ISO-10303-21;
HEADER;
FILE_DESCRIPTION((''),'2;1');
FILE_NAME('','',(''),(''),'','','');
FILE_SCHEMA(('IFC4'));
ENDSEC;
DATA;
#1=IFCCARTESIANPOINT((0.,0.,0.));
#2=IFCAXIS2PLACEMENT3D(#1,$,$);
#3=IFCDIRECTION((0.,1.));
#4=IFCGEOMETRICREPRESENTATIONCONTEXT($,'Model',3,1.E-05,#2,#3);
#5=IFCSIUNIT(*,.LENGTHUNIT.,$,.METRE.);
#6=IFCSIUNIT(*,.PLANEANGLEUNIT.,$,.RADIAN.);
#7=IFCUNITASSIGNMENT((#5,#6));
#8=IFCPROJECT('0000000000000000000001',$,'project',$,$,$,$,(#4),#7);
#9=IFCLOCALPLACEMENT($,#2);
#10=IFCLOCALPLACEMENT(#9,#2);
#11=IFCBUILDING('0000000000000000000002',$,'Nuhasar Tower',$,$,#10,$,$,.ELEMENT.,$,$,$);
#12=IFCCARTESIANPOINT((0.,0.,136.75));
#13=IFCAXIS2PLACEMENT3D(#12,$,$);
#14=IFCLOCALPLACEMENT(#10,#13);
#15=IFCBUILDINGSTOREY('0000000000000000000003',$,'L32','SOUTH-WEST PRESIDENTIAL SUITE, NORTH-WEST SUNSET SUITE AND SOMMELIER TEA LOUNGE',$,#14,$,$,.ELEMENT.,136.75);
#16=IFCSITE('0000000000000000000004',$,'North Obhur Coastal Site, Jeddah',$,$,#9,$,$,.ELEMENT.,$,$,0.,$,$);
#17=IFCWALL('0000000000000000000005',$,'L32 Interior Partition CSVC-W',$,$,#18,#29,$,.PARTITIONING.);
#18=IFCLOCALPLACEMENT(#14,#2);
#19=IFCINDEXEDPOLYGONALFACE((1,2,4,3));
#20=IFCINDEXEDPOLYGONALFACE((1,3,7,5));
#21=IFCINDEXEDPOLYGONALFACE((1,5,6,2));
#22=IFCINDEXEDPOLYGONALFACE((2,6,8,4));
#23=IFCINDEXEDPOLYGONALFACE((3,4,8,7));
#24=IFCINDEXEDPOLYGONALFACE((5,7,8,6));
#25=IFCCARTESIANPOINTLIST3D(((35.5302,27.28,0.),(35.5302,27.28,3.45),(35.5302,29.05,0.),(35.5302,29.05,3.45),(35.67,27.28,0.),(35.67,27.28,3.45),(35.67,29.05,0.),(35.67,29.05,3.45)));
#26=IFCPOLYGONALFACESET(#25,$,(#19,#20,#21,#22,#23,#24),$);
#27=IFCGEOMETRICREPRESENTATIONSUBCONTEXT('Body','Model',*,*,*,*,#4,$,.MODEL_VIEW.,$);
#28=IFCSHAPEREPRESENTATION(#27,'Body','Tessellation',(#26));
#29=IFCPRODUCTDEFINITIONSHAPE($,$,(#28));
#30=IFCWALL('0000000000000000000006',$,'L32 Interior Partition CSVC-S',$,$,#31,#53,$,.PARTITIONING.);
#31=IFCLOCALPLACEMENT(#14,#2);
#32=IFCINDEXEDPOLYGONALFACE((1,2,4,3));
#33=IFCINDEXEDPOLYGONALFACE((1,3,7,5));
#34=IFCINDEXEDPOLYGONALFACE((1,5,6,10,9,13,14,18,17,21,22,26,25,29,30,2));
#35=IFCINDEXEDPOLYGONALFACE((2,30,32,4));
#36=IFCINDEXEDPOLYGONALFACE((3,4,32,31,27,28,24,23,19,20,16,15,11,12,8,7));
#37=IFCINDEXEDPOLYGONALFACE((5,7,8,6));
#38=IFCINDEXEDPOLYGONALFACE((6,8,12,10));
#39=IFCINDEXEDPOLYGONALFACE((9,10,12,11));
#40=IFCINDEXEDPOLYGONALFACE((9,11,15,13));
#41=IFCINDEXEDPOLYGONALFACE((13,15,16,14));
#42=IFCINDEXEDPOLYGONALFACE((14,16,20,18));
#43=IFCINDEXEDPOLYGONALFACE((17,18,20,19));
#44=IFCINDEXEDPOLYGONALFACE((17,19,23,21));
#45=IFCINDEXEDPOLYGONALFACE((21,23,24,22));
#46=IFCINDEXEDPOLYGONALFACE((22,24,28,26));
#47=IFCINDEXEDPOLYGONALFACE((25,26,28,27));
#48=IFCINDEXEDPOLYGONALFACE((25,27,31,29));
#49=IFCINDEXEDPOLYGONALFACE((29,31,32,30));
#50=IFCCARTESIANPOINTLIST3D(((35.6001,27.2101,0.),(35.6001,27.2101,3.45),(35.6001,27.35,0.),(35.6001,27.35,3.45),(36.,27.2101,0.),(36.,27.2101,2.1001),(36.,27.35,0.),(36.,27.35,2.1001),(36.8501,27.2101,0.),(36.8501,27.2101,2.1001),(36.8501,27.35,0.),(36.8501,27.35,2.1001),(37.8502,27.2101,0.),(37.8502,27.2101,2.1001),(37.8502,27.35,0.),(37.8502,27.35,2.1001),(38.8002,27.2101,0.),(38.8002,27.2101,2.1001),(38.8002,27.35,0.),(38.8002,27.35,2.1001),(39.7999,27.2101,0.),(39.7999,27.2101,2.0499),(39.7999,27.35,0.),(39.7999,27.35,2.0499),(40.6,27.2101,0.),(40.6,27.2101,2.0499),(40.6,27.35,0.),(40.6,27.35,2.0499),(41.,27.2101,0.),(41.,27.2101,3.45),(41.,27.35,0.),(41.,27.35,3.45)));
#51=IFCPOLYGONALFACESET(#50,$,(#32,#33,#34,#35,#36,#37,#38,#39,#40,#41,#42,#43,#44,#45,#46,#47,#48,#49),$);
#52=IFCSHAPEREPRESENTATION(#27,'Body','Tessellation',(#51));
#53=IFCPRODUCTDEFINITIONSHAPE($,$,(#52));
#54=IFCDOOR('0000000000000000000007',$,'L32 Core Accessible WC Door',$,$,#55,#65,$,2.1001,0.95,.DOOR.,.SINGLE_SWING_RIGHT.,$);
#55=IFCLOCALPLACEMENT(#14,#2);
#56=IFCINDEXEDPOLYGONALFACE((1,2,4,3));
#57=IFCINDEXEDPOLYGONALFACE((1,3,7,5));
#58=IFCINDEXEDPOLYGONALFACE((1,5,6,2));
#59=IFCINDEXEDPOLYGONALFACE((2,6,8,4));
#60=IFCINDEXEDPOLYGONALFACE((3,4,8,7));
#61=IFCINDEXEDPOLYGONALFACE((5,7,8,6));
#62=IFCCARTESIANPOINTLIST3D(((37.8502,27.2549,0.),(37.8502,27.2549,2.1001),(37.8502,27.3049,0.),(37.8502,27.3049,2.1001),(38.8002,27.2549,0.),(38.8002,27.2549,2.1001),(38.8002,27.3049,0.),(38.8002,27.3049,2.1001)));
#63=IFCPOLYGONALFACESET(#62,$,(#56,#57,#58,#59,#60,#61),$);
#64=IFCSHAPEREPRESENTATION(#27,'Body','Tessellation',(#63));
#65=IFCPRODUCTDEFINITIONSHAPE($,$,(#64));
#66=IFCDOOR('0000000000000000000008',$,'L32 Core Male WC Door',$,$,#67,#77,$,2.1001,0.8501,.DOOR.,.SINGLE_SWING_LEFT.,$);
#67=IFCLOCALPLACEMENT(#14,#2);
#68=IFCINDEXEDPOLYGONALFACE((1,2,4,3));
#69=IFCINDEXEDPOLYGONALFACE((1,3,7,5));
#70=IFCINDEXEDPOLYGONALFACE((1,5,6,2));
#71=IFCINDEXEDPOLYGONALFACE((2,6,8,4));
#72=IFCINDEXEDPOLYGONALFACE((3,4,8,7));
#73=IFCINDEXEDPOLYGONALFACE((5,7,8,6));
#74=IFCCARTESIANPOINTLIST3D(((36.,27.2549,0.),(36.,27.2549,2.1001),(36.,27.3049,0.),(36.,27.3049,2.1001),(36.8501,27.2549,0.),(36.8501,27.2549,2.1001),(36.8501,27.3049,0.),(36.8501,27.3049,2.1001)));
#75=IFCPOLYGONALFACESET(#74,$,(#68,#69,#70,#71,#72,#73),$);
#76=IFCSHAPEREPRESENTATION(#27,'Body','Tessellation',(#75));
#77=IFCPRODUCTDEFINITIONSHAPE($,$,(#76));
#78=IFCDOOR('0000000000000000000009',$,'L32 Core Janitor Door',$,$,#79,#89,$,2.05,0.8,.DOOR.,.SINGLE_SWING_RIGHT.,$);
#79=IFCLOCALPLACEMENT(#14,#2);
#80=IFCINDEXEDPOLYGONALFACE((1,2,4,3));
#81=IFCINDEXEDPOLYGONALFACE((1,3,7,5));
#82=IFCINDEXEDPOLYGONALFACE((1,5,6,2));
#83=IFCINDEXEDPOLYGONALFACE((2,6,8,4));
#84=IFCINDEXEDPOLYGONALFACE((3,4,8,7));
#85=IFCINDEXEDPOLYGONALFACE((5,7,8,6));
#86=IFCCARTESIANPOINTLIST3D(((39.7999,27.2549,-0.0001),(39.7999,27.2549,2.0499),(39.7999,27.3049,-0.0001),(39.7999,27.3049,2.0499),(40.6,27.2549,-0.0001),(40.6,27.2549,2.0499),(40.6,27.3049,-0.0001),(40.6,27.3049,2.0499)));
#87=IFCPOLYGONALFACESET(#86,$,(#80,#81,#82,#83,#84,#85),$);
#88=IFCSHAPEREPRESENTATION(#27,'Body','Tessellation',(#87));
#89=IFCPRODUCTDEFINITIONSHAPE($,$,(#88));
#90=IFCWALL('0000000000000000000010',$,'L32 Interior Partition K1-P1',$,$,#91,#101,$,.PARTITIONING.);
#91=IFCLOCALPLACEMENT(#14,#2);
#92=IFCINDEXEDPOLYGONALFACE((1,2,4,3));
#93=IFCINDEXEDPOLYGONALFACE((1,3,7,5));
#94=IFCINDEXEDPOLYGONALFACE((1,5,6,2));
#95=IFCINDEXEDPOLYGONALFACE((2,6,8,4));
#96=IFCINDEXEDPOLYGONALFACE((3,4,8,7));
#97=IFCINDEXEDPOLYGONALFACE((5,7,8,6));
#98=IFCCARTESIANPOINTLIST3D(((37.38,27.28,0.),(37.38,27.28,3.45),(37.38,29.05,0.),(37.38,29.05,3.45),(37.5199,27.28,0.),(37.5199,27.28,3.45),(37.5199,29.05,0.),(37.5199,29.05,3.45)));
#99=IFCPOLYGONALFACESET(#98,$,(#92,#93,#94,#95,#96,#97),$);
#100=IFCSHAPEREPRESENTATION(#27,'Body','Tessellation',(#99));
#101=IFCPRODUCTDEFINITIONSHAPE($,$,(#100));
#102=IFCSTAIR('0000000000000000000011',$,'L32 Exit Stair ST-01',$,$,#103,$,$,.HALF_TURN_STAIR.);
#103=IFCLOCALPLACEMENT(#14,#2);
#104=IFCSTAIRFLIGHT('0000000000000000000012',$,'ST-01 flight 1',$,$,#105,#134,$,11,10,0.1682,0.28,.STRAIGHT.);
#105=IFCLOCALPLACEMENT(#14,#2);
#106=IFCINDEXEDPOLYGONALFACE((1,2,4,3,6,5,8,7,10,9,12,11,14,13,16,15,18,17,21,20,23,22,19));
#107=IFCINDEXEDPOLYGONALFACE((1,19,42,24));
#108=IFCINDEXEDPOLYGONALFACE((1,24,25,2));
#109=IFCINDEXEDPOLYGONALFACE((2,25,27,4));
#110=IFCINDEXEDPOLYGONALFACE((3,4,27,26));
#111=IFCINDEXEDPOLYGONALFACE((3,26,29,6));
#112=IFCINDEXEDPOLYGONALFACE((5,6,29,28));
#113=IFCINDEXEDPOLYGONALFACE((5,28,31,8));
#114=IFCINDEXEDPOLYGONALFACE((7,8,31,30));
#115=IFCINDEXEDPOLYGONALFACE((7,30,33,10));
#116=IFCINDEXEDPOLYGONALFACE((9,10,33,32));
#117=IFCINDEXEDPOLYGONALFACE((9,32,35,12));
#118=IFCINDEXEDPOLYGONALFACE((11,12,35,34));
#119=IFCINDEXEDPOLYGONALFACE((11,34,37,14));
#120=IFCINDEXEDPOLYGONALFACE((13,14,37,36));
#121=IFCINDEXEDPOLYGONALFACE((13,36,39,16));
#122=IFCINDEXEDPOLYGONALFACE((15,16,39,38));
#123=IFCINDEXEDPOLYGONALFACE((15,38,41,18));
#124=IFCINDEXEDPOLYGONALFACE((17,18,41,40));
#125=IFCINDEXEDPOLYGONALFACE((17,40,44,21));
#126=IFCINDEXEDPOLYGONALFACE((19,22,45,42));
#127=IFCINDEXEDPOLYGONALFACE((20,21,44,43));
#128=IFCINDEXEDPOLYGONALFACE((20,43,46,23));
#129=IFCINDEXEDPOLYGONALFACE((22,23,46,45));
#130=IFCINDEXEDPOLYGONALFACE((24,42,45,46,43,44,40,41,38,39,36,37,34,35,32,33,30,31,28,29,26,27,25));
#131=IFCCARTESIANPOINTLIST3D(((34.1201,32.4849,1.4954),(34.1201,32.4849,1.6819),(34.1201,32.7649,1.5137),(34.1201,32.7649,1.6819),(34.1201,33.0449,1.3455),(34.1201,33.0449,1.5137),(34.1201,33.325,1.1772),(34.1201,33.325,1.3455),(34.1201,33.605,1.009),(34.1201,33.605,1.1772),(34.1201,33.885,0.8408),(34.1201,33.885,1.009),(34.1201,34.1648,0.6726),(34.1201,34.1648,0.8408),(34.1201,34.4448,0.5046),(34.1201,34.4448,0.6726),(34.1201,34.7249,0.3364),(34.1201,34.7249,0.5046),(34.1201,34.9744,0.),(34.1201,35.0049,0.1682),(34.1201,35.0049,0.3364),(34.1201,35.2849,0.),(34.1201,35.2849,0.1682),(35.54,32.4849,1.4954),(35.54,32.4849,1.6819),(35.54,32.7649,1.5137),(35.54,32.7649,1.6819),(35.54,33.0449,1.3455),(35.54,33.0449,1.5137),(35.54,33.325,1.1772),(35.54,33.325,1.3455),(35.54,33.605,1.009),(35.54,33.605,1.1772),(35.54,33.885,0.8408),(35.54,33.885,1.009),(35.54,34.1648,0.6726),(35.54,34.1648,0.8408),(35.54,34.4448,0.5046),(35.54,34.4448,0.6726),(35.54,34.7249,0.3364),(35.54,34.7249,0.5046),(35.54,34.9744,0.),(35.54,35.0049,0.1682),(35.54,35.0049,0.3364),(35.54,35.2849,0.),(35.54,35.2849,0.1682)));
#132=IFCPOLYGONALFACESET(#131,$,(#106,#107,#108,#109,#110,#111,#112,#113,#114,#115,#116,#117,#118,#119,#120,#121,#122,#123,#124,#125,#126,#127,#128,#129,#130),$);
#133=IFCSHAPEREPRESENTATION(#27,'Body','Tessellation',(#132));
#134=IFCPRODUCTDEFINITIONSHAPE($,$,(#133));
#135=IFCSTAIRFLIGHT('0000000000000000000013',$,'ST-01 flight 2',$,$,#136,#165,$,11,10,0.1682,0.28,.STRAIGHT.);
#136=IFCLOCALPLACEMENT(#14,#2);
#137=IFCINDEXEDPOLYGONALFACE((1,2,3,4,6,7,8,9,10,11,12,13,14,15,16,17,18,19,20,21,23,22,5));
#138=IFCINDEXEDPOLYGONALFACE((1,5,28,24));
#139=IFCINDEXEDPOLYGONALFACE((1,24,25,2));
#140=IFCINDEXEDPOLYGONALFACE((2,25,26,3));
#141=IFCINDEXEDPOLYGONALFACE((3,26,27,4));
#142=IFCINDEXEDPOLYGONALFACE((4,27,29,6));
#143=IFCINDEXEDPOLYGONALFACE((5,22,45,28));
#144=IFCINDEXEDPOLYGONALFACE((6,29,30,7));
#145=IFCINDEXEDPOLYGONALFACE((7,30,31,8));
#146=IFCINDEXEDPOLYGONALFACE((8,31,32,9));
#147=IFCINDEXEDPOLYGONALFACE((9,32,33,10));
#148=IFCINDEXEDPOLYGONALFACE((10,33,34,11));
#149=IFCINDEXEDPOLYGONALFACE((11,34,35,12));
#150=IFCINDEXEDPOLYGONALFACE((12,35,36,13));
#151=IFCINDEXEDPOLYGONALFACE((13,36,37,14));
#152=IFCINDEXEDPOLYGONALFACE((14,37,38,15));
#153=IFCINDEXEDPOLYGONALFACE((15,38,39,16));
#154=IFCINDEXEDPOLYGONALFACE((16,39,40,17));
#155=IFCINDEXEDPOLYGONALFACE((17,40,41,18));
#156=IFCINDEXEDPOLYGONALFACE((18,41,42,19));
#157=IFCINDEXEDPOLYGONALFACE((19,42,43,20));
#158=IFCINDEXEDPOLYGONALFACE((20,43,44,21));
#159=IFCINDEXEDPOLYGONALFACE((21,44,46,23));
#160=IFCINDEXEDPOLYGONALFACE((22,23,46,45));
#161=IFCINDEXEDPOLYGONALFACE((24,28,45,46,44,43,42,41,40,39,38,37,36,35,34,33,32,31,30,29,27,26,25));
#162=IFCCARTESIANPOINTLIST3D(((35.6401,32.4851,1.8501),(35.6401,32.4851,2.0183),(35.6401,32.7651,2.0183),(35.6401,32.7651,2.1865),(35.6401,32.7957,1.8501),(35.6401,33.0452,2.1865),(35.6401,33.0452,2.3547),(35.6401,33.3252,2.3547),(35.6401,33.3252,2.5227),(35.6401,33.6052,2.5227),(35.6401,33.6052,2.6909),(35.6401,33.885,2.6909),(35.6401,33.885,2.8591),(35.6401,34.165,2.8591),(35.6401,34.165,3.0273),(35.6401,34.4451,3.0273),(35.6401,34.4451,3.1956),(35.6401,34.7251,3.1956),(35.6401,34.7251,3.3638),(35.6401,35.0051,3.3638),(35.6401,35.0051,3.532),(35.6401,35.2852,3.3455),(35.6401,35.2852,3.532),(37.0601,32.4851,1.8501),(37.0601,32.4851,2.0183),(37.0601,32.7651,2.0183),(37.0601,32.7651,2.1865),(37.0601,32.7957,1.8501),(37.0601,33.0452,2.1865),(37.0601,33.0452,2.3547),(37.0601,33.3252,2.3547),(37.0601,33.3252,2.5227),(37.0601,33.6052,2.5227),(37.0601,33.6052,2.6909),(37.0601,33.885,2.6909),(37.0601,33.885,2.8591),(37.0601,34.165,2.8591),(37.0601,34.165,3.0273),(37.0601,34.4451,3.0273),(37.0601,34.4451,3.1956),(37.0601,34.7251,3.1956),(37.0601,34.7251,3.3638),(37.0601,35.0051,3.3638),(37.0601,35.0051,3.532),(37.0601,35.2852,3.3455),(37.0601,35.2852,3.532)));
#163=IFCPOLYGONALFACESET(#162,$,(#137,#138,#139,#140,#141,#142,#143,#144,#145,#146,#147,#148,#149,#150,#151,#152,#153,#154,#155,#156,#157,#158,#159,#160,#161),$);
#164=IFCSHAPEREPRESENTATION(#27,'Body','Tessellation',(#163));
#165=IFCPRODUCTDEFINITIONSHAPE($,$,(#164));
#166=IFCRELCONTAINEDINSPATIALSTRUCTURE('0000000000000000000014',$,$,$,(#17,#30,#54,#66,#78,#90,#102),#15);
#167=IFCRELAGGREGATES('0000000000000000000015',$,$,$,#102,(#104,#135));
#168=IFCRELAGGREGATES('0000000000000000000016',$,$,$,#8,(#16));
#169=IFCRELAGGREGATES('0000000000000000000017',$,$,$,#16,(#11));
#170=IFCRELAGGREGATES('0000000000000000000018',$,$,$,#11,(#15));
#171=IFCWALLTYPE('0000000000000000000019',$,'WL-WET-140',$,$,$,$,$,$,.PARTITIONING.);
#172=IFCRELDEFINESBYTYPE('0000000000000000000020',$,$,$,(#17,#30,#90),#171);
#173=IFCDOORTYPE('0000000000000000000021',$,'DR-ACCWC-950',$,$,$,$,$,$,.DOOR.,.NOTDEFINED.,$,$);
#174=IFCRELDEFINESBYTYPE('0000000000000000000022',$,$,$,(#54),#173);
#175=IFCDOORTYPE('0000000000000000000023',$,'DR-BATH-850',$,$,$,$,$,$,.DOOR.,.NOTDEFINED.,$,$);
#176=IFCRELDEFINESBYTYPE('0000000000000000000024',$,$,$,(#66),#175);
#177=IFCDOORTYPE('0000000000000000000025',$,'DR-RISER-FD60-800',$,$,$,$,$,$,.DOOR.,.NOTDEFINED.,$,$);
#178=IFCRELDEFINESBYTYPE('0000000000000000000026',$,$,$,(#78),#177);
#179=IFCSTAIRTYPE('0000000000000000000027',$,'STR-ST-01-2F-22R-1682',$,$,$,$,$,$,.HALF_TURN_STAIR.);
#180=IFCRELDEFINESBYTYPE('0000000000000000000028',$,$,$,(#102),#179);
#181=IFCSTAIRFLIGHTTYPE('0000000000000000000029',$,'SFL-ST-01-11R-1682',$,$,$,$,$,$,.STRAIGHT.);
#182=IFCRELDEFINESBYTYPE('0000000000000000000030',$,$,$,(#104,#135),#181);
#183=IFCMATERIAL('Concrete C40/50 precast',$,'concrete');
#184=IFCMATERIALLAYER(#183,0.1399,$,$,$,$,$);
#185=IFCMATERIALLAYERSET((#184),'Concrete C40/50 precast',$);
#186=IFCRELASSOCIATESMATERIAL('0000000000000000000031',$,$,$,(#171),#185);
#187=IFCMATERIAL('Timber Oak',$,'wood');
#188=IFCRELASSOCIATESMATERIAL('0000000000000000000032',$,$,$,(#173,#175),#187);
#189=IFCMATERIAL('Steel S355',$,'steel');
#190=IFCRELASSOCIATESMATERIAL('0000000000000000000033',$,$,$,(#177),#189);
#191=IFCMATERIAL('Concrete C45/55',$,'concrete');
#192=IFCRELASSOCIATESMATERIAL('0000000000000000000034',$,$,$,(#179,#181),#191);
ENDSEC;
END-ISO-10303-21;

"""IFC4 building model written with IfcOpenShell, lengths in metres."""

from ifc_helpers import new_model, si_unit, direction, frame, frame_2d, origin, place, context, subcontext, project, spatial, polyline, rectangle, outline, extrude, material, layer, layer_set, type_object, element, fill, aggregate, save


model = new_model("IFC4")

# Units and contexts
model_context = context("Model", 3, precision=1e-05, world=origin(), true_north=direction((0.0, 1.0)))
body_context = subcontext(model_context, "Body", "Model", "MODEL_VIEW")
ifc_project = project(units=[si_unit("LENGTHUNIT", "METRE"), si_unit("PLANEANGLEUNIT", "RADIAN")], contexts=[model_context])

# Site, building, storey
site_placement = place(None, origin())
site = spatial("IfcSite", under=ifc_project, at=site_placement, Name="North Obhur Coastal Site, Jeddah", CompositionType="ELEMENT", RefElevation=0.0)
building_placement = place(site_placement, origin())
building = spatial("IfcBuilding", under=site, at=building_placement, Name="Nuhasar Tower", CompositionType="ELEMENT")
storey_placement = place(building_placement, frame((0.0, 0.0, 136.75)))
storey = spatial("IfcBuildingStorey", under=building, at=storey_placement, Name="L32", Description="SOUTH-WEST PRESIDENTIAL SUITE, NORTH-WEST SUNSET SUITE AND SOMMELIER TEA LOUNGE", CompositionType="ELEMENT", Elevation=136.75)

# Shared definitions
ifc_material_1 = material(Name="Steel S355", Category="steel")

# Wall
ifc_material_2 = material(Name="Concrete C40/50 precast", Category="concrete")
ifc_layer_1 = layer(ifc_material_2, 0.1399)
ifc_layer_set_1 = layer_set([ifc_layer_1], Name="Concrete C40/50 precast")
wall_type_1 = type_object("IfcWallType", Name="WL-WET-140", PredefinedType="PARTITIONING", material=ifc_layer_set_1)
wall_1_placement = place(storey_placement, frame((35.6001, 27.28, 0.0), z_axis=(0.0, 0.0, 1.0), x_axis=(0.0, 1.0, 0.0)))
element("IfcWall", 1, at=wall_1_placement, inside=storey, type_object=wall_type_1, Name="L32 Interior Partition CSVC-W", PredefinedType="PARTITIONING", context=body_context, shape_type="SweptSolid", body=[
    extrude(rectangle(XDim=1.77, YDim=0.1399, at=frame_2d((0.885, 0.0))), origin(), (0.0, 0.0, 1.0), 3.45),
])

# Wall, openings, doors
wall_2_placement = place(storey_placement, frame((35.6001, 27.28, 0.0), z_axis=(0.0, 0.0, 1.0), x_axis=(1.0, 0.0, 0.0)))
wall_2 = element("IfcWall", 2, at=wall_2_placement, inside=storey, type_object=wall_type_1, Name="L32 Interior Partition CSVC-S", PredefinedType="PARTITIONING", context=body_context, shape_type="SweptSolid", body=[
    extrude(rectangle(XDim=5.3999, YDim=0.1399, at=frame_2d((2.7, 0.0))), origin(), (0.0, 0.0, 1.0), 3.45),
])
opening_1_placement = place(wall_2_placement, frame((0.3999, 0.0, 0.0)))
opening_1 = element("IfcOpeningElement", 3, at=opening_1_placement, cuts=wall_2, PredefinedType="OPENING", context=body_context, shape_type="SweptSolid", body=[
    extrude(rectangle(XDim=0.8501, YDim=2.1001, at=frame_2d((0.425, 1.05))), frame((0.0, 0.0801, 0.0), z_axis=(0.0, -1.0, 0.0), x_axis=(1.0, 0.0, 0.0)), (0.0, 0.0, 1.0), 0.1599),
])
opening_2_placement = place(wall_2_placement, frame((2.25, 0.0, 0.0)))
opening_2 = element("IfcOpeningElement", 4, at=opening_2_placement, cuts=wall_2, PredefinedType="OPENING", context=body_context, shape_type="SweptSolid", body=[
    extrude(rectangle(XDim=0.95, YDim=2.1001, at=frame_2d((0.4751, 1.05))), frame((0.0, 0.0801, 0.0), z_axis=(0.0, -1.0, 0.0), x_axis=(1.0, 0.0, 0.0)), (0.0, 0.0, 1.0), 0.1599),
])
opening_3_placement = place(wall_2_placement, frame((4.2, 0.0, 0.0)))
opening_3 = element("IfcOpeningElement", 5, at=opening_3_placement, cuts=wall_2, PredefinedType="OPENING", context=body_context, shape_type="SweptSolid", body=[
    extrude(rectangle(XDim=0.8, YDim=2.05, at=frame_2d((0.3999, 1.0249))), frame((0.0, 0.0801, 0.0), z_axis=(0.0, -1.0, 0.0), x_axis=(1.0, 0.0, 0.0)), (0.0, 0.0, 1.0), 0.1599),
])
ifc_material_3 = material(Name="Timber Oak", Category="wood")
door_type_1 = type_object("IfcDoorType", Name="DR-ACCWC-950", OperationType="NOTDEFINED", PredefinedType="DOOR", material=ifc_material_3)
door_1_placement = place(opening_2_placement, origin())
door_1 = element("IfcDoor", 6, at=door_1_placement, inside=storey, type_object=door_type_1, Name="L32 Core Accessible WC Door", OperationType="SINGLE_SWING_RIGHT", OverallHeight=2.1001, OverallWidth=0.95, PredefinedType="DOOR", context=body_context, shape_type="SweptSolid", body=[
    extrude(rectangle(XDim=0.95, YDim=2.1001, at=frame_2d((0.4751, 1.05))), frame((0.0, 0.0249, 0.0), z_axis=(0.0, -1.0, 0.0), x_axis=(1.0, 0.0, 0.0)), (0.0, 0.0, 1.0), 0.05),
])
fill(opening_2, door_1)
door_type_2 = type_object("IfcDoorType", Name="DR-BATH-850", OperationType="NOTDEFINED", PredefinedType="DOOR", material=ifc_material_3)
door_2_placement = place(opening_1_placement, origin())
door_2 = element("IfcDoor", 7, at=door_2_placement, inside=storey, type_object=door_type_2, Name="L32 Core Male WC Door", OperationType="SINGLE_SWING_LEFT", OverallHeight=2.1001, OverallWidth=0.8501, PredefinedType="DOOR", context=body_context, shape_type="SweptSolid", body=[
    extrude(rectangle(XDim=0.8501, YDim=2.1001, at=frame_2d((0.425, 1.05))), frame((0.0, 0.0249, 0.0), z_axis=(0.0, -1.0, 0.0), x_axis=(1.0, 0.0, 0.0)), (0.0, 0.0, 1.0), 0.05),
])
fill(opening_1, door_2)
door_type_3 = type_object("IfcDoorType", Name="DR-RISER-FD60-800", OperationType="NOTDEFINED", PredefinedType="DOOR", material=ifc_material_1)
door_3_placement = place(opening_3_placement, origin())
door_3 = element("IfcDoor", 8, at=door_3_placement, inside=storey, type_object=door_type_3, Name="L32 Core Janitor Door", OperationType="SINGLE_SWING_RIGHT", OverallHeight=2.05, OverallWidth=0.8, PredefinedType="DOOR", context=body_context, shape_type="SweptSolid", body=[
    extrude(rectangle(XDim=0.8, YDim=2.05, at=frame_2d((0.3999, 1.0249))), frame((0.0, 0.0249, 0.0), z_axis=(0.0, -1.0, 0.0), x_axis=(1.0, 0.0, 0.0)), (0.0, 0.0, 1.0), 0.05),
])
fill(opening_3, door_3)

# Wall
wall_3_placement = place(storey_placement, frame((37.45, 27.28, 0.0), z_axis=(0.0, 0.0, 1.0), x_axis=(0.0, 1.0, 0.0)))
element("IfcWall", 9, at=wall_3_placement, inside=storey, type_object=wall_type_1, Name="L32 Interior Partition K1-P1", PredefinedType="PARTITIONING", context=body_context, shape_type="SweptSolid", body=[
    extrude(rectangle(XDim=1.77, YDim=0.1399, at=frame_2d((0.885, 0.0))), origin(), (0.0, 0.0, 1.0), 3.45),
])

# Stair, stair flights
ifc_material_4 = material(Name="Concrete C45/55", Category="concrete")
stair_type_1 = type_object("IfcStairType", Name="STR-ST-01-2F-22R-1682", PredefinedType="HALF_TURN_STAIR", material=ifc_material_4)
stair_1_placement = place(storey_placement, origin())
stair_1 = element("IfcStair", 10, at=stair_1_placement, inside=storey, type_object=stair_type_1, Name="L32 Exit Stair ST-01", PredefinedType="HALF_TURN_STAIR")
stair_flight_type_1 = type_object("IfcStairFlightType", Name="SFL-ST-01-11R-1682", PredefinedType="STRAIGHT", material=ifc_material_4)
stair_flight_1_placement = place(storey_placement, frame((34.8301, 35.2849, 0.0), z_axis=(0.0, 0.0, 1.0), x_axis=(0.0, -1.0, 0.0)))
stair_flight_1 = element("IfcStairFlight", 11, at=stair_flight_1_placement, type_object=stair_flight_type_1, Name="ST-01 flight 1", NumberOfRisers=11, NumberOfTreads=10, PredefinedType="STRAIGHT", RiserHeight=0.1682, TreadLength=0.28, context=body_context, shape_type="SweptSolid", body=[
    extrude(outline(polyline([(0.0, 0.0), (0.0, 0.1682), (0.28, 0.1682), (0.28, 0.3364), (0.5601, 0.3364), (0.5601, 0.5046), (0.8401, 0.5046), (0.8401, 0.6726), (1.1201, 0.6726), (1.1201, 0.8408), (1.3999, 0.8408), (1.3999, 1.009), (1.6799, 1.009), (1.6799, 1.1772), (1.96, 1.1772), (1.96, 1.3455), (2.24, 1.3455), (2.24, 1.5137), (2.52, 1.5137), (2.52, 1.6819), (2.8, 1.6819), (2.8, 1.8501), (2.8, 1.4954), (0.3105, 0.0), (0.0, 0.0)])), frame((0.0, 0.71, 0.0), z_axis=(0.0, -1.0, 0.0), x_axis=(1.0, 0.0, 0.0)), (0.0, 0.0, 1.0), 1.4199),
])
stair_flight_2_placement = place(storey_placement, frame((36.3501, 32.4851, 1.8501), z_axis=(0.0, 0.0, 1.0), x_axis=(0.0, 1.0, 0.0)))
stair_flight_2 = element("IfcStairFlight", 12, at=stair_flight_2_placement, type_object=stair_flight_type_1, Name="ST-01 flight 2", NumberOfRisers=11, NumberOfTreads=10, PredefinedType="STRAIGHT", RiserHeight=0.1682, TreadLength=0.28, context=body_context, shape_type="SweptSolid", body=[
    extrude(outline(polyline([(0.0, 0.0), (0.0, 0.1682), (0.28, 0.1682), (0.28, 0.3364), (0.5601, 0.3364), (0.5601, 0.5046), (0.8401, 0.5046), (0.8401, 0.6726), (1.1201, 0.6726), (1.1201, 0.8408), (1.3999, 0.8408), (1.3999, 1.009), (1.6799, 1.009), (1.6799, 1.1772), (1.96, 1.1772), (1.96, 1.3455), (2.24, 1.3455), (2.24, 1.5137), (2.52, 1.5137), (2.52, 1.6819), (2.8, 1.6819), (2.8, 1.8501), (2.8, 1.4954), (0.3105, 0.0), (0.0, 0.0)])), frame((0.0, 0.71, 0.0), z_axis=(0.0, -1.0, 0.0), x_axis=(1.0, 0.0, 0.0)), (0.0, 0.0, 1.0), 1.4199),
])
aggregate(stair_1, [stair_flight_1, stair_flight_2])

save(model, "model.ifc")
